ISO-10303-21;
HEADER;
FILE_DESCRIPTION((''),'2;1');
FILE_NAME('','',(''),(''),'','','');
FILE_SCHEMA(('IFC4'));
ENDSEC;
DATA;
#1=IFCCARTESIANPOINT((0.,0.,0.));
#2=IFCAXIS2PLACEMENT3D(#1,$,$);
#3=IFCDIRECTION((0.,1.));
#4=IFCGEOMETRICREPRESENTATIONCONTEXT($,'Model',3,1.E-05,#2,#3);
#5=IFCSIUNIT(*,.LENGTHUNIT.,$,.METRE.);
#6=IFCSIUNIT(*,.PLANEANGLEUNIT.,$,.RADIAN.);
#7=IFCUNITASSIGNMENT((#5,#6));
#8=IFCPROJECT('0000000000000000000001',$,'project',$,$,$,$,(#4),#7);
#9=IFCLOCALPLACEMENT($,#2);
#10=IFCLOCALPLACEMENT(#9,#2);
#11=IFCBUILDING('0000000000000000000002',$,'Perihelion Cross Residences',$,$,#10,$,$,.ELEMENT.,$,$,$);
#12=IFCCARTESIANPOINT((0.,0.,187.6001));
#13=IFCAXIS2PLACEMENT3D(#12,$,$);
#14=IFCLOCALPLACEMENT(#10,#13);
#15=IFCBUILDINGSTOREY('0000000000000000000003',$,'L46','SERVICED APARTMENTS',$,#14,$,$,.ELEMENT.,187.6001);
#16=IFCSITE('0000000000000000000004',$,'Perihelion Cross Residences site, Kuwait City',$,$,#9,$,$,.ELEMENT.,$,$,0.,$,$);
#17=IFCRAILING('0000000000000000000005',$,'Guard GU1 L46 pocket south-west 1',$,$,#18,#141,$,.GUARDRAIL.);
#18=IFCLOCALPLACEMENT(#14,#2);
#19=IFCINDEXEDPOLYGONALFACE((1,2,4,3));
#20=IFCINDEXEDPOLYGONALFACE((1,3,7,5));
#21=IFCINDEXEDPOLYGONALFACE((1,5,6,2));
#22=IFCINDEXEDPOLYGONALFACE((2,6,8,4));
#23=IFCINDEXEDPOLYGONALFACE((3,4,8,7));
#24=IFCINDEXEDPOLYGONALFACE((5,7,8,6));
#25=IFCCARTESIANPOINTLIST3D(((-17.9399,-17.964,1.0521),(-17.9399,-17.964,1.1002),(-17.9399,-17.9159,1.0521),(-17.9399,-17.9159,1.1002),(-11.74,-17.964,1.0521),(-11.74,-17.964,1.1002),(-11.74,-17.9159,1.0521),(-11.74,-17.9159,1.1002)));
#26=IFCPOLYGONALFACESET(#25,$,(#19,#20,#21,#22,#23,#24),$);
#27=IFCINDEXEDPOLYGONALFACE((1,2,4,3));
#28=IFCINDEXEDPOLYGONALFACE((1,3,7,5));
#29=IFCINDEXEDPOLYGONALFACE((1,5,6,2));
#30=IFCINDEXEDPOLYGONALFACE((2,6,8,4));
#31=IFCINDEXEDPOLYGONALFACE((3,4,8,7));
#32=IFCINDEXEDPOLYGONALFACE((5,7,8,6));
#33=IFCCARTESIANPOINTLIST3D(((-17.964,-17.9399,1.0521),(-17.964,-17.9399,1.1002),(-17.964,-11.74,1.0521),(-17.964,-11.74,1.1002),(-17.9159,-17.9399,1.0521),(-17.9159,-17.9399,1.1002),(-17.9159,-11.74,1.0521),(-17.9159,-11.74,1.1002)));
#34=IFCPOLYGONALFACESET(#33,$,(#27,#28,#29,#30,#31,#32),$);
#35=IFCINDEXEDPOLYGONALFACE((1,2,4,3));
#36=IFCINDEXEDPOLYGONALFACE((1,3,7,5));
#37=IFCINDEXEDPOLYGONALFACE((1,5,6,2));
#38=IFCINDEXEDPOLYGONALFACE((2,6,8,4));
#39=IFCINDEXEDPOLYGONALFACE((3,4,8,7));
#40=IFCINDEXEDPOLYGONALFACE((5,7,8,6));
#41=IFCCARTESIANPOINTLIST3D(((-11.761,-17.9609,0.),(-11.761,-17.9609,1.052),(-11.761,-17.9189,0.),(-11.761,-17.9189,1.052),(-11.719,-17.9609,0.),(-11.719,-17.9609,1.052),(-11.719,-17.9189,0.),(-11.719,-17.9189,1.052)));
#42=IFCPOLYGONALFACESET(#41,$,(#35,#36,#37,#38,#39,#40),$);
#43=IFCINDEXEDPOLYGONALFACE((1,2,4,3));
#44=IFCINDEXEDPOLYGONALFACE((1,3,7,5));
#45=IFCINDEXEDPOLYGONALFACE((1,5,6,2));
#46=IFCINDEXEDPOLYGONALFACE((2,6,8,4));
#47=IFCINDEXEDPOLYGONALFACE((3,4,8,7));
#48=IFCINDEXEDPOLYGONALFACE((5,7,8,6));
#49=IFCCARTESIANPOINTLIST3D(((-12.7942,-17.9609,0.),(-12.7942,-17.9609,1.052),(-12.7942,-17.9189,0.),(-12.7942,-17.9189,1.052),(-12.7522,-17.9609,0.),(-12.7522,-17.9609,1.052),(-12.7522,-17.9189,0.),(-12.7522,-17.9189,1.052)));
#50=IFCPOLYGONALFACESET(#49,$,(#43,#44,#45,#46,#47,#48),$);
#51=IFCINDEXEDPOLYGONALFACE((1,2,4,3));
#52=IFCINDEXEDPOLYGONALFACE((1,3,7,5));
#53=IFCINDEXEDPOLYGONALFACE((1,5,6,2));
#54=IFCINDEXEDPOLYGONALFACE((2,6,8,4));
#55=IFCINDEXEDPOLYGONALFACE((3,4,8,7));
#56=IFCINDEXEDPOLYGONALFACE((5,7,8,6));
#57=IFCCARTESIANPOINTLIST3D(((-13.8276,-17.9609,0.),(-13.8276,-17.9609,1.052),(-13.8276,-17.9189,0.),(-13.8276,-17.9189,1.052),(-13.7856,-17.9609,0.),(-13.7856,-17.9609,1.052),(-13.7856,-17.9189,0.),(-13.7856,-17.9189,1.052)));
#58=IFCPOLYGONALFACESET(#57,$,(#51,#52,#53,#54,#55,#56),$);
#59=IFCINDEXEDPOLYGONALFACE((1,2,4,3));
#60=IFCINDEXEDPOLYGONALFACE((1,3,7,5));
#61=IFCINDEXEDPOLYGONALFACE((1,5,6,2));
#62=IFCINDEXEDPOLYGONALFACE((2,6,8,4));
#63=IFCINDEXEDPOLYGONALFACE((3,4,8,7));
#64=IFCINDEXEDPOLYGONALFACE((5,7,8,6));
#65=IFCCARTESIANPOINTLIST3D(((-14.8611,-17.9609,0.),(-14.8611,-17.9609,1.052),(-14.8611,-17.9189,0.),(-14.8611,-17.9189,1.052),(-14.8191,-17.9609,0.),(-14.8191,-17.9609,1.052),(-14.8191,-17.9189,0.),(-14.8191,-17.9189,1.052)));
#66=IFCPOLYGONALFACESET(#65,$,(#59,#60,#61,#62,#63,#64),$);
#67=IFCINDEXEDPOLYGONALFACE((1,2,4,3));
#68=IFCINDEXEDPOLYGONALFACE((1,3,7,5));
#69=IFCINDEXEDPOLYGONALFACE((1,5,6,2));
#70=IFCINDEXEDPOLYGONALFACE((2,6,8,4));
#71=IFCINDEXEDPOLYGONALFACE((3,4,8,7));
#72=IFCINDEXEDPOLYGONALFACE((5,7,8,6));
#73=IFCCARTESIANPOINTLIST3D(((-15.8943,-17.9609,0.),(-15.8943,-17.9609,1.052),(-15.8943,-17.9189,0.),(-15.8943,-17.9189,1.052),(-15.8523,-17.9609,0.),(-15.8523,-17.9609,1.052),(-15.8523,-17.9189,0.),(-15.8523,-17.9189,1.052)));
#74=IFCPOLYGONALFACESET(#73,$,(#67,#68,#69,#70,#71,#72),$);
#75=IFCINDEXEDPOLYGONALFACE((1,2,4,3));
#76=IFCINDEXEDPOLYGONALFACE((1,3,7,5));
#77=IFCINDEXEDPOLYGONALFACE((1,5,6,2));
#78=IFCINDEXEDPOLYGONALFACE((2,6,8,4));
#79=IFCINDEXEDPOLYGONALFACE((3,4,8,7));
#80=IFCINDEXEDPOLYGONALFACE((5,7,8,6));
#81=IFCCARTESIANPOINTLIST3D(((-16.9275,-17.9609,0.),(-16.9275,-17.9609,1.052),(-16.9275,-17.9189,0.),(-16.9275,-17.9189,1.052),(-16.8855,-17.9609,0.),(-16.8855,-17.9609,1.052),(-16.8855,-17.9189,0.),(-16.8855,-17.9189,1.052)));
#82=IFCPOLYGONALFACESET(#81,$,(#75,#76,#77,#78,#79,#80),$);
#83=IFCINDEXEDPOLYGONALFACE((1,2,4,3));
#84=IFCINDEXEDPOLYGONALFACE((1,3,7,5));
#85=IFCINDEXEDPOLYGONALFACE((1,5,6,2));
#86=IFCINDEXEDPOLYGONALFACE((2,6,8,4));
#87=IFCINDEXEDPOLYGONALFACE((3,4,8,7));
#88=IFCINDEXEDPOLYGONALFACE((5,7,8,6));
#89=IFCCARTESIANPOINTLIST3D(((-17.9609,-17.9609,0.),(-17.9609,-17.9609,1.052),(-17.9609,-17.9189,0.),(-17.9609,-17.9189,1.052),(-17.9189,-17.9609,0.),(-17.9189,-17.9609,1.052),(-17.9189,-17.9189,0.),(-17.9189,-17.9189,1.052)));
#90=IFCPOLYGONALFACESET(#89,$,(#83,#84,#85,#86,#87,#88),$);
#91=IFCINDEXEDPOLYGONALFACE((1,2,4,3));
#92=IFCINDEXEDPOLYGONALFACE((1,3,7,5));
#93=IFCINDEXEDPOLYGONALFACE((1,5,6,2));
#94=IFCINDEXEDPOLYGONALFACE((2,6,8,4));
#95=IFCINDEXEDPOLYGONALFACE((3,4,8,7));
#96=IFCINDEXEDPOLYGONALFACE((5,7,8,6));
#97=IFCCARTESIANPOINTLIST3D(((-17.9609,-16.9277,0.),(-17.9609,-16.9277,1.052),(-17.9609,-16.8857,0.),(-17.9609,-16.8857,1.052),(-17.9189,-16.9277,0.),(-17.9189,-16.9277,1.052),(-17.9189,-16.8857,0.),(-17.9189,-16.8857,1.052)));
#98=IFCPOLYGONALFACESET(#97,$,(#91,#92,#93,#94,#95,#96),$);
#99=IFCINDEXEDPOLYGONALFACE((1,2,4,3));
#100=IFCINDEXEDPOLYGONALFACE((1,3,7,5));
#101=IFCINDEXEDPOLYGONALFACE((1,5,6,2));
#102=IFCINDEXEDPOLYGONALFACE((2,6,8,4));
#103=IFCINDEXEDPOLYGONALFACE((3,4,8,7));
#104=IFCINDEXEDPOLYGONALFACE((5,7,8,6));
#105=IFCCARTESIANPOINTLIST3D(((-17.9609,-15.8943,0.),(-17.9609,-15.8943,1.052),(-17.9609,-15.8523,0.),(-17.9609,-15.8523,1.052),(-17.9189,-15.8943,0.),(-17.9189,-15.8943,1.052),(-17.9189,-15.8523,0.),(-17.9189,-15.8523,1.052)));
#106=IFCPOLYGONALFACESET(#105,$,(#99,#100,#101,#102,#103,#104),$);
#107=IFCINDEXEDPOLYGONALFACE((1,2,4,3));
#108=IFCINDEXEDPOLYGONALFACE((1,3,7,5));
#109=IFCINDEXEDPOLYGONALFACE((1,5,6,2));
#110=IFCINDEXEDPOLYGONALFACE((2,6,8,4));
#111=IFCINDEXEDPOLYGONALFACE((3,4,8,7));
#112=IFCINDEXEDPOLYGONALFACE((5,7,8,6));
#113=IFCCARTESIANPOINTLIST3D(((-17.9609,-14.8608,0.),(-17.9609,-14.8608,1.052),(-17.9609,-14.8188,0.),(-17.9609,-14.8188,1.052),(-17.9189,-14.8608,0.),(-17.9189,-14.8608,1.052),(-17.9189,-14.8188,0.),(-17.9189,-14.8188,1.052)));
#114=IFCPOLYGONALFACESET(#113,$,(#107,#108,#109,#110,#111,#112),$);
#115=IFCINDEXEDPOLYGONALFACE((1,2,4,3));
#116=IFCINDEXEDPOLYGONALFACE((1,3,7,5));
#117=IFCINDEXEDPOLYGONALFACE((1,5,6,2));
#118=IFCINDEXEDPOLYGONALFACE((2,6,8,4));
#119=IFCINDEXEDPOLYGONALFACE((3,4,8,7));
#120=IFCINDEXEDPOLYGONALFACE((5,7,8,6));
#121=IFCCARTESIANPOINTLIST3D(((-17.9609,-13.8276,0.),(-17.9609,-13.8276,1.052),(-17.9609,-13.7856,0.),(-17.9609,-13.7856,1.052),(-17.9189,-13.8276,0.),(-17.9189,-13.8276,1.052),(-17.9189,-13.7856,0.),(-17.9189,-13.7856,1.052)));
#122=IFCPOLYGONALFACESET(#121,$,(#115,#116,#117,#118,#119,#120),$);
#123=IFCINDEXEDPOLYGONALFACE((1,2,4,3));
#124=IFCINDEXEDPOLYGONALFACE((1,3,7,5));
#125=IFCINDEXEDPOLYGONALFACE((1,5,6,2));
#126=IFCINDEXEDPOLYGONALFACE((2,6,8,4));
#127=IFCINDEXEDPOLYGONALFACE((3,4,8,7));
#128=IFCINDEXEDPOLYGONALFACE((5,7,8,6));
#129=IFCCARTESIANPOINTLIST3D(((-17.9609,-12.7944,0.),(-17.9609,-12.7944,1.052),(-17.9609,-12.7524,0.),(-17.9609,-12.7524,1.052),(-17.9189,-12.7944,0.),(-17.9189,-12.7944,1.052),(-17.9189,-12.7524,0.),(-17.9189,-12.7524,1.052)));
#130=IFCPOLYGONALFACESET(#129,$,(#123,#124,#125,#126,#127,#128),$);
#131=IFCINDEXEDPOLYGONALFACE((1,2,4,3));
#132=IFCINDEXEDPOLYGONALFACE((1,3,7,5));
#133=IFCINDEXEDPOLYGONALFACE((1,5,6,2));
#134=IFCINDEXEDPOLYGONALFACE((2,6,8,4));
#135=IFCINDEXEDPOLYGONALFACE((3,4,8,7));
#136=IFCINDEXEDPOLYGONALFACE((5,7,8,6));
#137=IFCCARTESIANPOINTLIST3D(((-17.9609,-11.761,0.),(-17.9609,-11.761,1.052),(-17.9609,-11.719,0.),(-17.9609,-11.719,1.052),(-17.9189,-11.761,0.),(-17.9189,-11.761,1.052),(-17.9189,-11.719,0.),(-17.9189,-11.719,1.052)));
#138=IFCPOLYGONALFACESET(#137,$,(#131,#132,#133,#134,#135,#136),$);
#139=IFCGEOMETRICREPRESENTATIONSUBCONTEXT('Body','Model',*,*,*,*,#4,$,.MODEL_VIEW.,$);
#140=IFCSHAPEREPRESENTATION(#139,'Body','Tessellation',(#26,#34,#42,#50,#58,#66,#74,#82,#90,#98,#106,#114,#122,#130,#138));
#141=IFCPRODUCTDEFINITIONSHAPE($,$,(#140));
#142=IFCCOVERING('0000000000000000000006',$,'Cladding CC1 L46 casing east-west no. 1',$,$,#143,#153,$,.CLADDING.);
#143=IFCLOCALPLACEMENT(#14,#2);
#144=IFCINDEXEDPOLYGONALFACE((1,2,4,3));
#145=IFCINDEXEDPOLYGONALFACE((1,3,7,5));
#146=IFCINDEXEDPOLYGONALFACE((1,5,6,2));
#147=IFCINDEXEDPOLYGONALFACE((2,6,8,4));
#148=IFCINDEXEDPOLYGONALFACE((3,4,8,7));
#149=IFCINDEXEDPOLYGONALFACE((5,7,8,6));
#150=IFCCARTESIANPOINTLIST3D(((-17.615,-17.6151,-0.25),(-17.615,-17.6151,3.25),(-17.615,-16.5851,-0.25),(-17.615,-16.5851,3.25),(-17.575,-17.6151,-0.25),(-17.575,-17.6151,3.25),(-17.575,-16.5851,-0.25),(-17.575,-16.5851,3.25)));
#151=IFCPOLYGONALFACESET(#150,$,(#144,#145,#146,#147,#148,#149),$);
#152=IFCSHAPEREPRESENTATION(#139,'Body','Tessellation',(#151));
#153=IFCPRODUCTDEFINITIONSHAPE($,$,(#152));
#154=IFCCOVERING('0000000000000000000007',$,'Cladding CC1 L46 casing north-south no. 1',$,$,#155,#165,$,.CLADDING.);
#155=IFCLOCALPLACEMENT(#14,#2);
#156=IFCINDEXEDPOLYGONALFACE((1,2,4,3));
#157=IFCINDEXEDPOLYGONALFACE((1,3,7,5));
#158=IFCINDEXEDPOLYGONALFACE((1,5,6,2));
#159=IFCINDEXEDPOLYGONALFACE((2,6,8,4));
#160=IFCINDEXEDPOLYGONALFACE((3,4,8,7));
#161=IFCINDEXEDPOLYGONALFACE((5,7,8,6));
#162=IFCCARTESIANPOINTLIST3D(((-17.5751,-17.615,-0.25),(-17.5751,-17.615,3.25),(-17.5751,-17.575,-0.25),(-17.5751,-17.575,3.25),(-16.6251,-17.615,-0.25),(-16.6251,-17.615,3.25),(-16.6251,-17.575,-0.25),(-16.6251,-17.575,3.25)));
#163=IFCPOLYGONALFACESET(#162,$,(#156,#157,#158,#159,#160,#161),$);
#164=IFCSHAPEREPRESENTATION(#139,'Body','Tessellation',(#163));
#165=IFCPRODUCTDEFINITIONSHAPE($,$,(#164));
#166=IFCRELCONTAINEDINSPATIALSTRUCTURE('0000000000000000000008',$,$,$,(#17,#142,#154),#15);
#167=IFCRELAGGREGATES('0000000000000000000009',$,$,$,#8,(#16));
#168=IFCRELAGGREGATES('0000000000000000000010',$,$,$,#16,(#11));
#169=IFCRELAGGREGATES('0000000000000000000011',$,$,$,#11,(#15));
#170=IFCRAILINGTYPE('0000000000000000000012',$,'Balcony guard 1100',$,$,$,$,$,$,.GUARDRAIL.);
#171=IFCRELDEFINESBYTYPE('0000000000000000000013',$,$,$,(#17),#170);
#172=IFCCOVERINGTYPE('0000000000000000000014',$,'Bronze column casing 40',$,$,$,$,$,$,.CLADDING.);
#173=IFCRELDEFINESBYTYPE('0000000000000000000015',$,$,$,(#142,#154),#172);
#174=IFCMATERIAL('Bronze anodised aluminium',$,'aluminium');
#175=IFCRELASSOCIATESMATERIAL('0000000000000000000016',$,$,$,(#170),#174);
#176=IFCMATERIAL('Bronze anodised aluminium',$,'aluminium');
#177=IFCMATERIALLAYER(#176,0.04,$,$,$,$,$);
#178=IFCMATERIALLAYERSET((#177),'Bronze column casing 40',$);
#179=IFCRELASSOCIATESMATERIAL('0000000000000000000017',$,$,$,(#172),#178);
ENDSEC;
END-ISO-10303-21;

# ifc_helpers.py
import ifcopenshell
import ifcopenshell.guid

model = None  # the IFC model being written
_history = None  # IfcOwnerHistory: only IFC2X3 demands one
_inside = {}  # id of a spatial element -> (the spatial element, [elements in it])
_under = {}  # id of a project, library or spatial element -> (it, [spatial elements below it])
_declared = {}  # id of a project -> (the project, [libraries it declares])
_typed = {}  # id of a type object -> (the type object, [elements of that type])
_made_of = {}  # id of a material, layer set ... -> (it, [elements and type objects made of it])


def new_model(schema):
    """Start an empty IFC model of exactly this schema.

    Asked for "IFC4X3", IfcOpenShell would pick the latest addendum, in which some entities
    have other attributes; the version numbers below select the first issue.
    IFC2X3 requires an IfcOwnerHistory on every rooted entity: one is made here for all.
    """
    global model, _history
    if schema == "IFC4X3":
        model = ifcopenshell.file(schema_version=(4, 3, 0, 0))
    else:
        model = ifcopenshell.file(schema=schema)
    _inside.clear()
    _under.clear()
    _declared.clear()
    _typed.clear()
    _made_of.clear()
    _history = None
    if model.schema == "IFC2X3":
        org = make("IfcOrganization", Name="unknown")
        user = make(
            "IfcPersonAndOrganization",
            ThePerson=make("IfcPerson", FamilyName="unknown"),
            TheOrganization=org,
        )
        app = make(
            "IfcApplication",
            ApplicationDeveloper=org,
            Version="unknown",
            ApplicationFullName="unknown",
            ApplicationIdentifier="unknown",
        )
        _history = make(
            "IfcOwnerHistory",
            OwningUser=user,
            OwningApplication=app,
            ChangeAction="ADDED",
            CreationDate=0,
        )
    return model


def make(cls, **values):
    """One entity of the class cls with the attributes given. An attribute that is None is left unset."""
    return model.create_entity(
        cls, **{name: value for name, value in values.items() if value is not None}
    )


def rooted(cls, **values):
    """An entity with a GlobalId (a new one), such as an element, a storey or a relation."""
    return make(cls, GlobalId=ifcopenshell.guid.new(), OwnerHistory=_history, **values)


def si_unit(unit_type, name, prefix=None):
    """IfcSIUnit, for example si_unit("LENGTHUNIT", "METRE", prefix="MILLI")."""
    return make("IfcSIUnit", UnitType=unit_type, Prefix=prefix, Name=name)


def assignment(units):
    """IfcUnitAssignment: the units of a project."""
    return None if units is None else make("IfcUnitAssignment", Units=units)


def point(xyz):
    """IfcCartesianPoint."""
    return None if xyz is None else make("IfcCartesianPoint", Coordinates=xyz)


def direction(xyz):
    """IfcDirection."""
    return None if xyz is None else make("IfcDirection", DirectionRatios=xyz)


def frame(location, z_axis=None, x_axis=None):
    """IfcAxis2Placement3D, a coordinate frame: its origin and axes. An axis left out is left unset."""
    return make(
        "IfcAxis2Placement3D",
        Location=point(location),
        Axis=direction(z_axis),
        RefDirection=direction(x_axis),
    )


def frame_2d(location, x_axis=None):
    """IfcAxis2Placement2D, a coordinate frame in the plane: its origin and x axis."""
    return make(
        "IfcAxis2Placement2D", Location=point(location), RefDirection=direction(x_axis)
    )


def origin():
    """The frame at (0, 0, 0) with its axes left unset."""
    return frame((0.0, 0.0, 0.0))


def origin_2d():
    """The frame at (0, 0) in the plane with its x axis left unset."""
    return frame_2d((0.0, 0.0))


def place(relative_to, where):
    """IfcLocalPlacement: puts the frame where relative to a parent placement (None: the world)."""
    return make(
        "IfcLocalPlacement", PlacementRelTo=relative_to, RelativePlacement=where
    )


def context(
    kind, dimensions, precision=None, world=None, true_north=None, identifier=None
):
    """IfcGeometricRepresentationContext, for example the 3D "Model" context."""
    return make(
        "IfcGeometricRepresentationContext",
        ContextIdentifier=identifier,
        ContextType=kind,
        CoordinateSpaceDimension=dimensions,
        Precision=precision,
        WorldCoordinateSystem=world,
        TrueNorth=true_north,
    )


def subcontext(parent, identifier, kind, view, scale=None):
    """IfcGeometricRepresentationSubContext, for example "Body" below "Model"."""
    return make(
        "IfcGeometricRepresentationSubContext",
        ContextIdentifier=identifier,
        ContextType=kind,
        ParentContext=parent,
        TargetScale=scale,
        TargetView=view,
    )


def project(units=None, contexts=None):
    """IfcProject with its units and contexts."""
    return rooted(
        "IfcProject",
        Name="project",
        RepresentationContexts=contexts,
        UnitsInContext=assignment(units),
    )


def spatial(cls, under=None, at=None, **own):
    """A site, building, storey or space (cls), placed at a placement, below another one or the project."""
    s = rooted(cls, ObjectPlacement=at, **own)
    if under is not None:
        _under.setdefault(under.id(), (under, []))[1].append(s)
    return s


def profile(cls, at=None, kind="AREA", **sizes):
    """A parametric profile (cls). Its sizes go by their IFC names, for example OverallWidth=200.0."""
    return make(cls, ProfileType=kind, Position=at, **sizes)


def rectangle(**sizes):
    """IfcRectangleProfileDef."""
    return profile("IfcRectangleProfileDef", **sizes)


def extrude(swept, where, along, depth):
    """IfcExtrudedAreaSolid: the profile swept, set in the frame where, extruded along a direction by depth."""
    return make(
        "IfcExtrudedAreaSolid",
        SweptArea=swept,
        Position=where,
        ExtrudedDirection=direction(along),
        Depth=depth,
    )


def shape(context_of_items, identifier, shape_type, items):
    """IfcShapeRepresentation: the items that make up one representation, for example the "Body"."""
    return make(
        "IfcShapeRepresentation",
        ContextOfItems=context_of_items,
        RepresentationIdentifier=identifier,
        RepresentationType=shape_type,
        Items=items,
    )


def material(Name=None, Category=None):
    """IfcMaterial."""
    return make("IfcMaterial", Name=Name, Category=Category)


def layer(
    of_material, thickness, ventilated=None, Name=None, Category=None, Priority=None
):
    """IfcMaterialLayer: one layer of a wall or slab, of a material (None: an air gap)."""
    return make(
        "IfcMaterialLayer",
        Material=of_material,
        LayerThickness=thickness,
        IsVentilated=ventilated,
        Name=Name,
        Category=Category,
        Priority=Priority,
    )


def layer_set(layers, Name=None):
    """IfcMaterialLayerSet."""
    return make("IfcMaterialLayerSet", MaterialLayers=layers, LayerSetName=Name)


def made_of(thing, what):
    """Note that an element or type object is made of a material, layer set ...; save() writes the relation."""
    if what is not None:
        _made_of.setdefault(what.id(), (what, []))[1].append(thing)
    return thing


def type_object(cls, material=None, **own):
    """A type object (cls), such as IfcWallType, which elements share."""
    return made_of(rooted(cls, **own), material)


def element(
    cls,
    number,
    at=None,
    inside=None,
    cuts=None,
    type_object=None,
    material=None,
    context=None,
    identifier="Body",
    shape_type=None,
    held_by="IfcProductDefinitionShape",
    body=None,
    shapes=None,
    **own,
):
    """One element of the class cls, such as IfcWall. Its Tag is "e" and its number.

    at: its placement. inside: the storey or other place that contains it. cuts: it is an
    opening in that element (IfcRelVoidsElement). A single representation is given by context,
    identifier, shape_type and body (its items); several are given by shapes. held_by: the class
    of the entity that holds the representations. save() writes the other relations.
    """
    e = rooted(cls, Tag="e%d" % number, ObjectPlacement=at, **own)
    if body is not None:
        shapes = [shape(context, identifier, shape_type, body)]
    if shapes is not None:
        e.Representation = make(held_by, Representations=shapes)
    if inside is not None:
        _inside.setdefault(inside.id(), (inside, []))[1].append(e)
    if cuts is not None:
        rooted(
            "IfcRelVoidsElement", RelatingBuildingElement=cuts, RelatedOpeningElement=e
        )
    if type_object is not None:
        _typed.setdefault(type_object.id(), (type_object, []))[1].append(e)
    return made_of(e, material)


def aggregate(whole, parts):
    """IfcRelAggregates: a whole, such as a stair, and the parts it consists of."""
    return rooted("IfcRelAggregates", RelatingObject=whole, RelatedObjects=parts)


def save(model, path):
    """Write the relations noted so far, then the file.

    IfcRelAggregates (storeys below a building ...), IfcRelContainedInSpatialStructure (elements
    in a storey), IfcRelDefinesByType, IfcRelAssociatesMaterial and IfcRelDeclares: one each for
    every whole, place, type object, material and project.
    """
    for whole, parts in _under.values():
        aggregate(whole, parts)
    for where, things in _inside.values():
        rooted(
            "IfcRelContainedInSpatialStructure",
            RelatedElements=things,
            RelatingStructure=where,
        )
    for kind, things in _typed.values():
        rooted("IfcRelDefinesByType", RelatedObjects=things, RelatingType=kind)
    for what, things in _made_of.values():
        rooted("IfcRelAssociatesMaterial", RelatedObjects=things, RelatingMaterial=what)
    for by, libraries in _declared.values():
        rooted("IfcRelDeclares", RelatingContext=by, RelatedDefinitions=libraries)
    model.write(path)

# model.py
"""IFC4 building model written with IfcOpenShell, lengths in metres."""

from ifc_helpers import new_model, si_unit, direction, frame, origin, origin_2d, place, context, subcontext, project, spatial, rectangle, extrude, material, layer, layer_set, type_object, element, save


model = new_model("IFC4")

# Units and contexts
model_context = context("Model", 3, precision=1e-05, world=origin(), true_north=direction((0.0, 1.0)))
body_context = subcontext(model_context, "Body", "Model", "MODEL_VIEW")
ifc_project = project(units=[si_unit("LENGTHUNIT", "METRE"), si_unit("PLANEANGLEUNIT", "RADIAN")], contexts=[model_context])

# Site, building, storey
site_placement = place(None, origin())
site = spatial("IfcSite", under=ifc_project, at=site_placement, Name="Perihelion Cross Residences site, Kuwait City", CompositionType="ELEMENT", RefElevation=0.0)
building_placement = place(site_placement, origin())
building = spatial("IfcBuilding", under=site, at=building_placement, Name="Perihelion Cross Residences", CompositionType="ELEMENT")
storey_placement = place(building_placement, frame((0.0, 0.0, 187.6001)))
storey = spatial("IfcBuildingStorey", under=building, at=storey_placement, Name="L46", Description="SERVICED APARTMENTS", CompositionType="ELEMENT", Elevation=187.6001)

# Railing
ifc_material_1 = material(Name="Bronze anodised aluminium", Category="aluminium")
railing_type = type_object("IfcRailingType", Name="Balcony guard 1100", PredefinedType="GUARDRAIL", material=ifc_material_1)
railing_placement = place(storey_placement, frame((-11.74, -17.9399, 0.0)))
element("IfcRailing", 1, at=railing_placement, inside=storey, type_object=railing_type, Name="Guard GU1 L46 pocket south-west 1", PredefinedType="GUARDRAIL", context=body_context, shape_type="SweptSolid", body=[
    extrude(rectangle(XDim=0.0481, YDim=0.0481, at=origin_2d()), frame((0.0, 0.0, 1.0762), z_axis=(-1.0, 0.0, 0.0), x_axis=(0.0, -1.0, 0.0)), (0.0, 0.0, 1.0), 6.2),
    extrude(rectangle(XDim=0.0481, YDim=0.0481, at=origin_2d()), frame((-6.2, 0.0, 1.0762), z_axis=(0.0, 1.0, 0.0), x_axis=(-1.0, 0.0, 0.0)), (0.0, 0.0, 1.0), 6.2),
    extrude(rectangle(XDim=0.042, YDim=0.042, at=origin_2d()), origin(), (0.0, 0.0, 1.0), 1.052),
    extrude(rectangle(XDim=0.042, YDim=0.042, at=origin_2d()), frame((-1.0332, 0.0, 0.0)), (0.0, 0.0, 1.0), 1.052),
    extrude(rectangle(XDim=0.042, YDim=0.042, at=origin_2d()), frame((-2.0667, 0.0, 0.0)), (0.0, 0.0, 1.0), 1.052),
    extrude(rectangle(XDim=0.042, YDim=0.042, at=origin_2d()), frame((-3.1001, 0.0, 0.0)), (0.0, 0.0, 1.0), 1.052),
    extrude(rectangle(XDim=0.042, YDim=0.042, at=origin_2d()), frame((-4.1333, 0.0, 0.0)), (0.0, 0.0, 1.0), 1.052),
    extrude(rectangle(XDim=0.042, YDim=0.042, at=origin_2d()), frame((-5.1665, 0.0, 0.0)), (0.0, 0.0, 1.0), 1.052),
    extrude(rectangle(XDim=0.042, YDim=0.042, at=origin_2d()), frame((-6.2, 0.0, 0.0)), (0.0, 0.0, 1.0), 1.052),
    extrude(rectangle(XDim=0.042, YDim=0.042, at=origin_2d()), frame((-6.2, 1.0332, 0.0)), (0.0, 0.0, 1.0), 1.052),
    extrude(rectangle(XDim=0.042, YDim=0.042, at=origin_2d()), frame((-6.2, 2.0667, 0.0)), (0.0, 0.0, 1.0), 1.052),
    extrude(rectangle(XDim=0.042, YDim=0.042, at=origin_2d()), frame((-6.2, 3.1001, 0.0)), (0.0, 0.0, 1.0), 1.052),
    extrude(rectangle(XDim=0.042, YDim=0.042, at=origin_2d()), frame((-6.2, 4.1333, 0.0)), (0.0, 0.0, 1.0), 1.052),
    extrude(rectangle(XDim=0.042, YDim=0.042, at=origin_2d()), frame((-6.2, 5.1665, 0.0)), (0.0, 0.0, 1.0), 1.052),
    extrude(rectangle(XDim=0.042, YDim=0.042, at=origin_2d()), frame((-6.2, 6.2, 0.0)), (0.0, 0.0, 1.0), 1.052),
])

# Coverings
ifc_material_2 = material(Name="Bronze anodised aluminium", Category="aluminium")
ifc_layer_1 = layer(ifc_material_2, 0.04)
ifc_layer_set_1 = layer_set([ifc_layer_1], Name="Bronze column casing 40")
covering_type = type_object("IfcCoveringType", Name="Bronze column casing 40", PredefinedType="CLADDING", material=ifc_layer_set_1)
covering_1_placement = place(storey_placement, frame((-17.595, -17.1001, -0.25), z_axis=(0.0, 0.0, 1.0), x_axis=(1.0, 0.0, 0.0)))
element("IfcCovering", 2, at=covering_1_placement, inside=storey, type_object=covering_type, Name="Cladding CC1 L46 casing east-west no. 1", PredefinedType="CLADDING", context=body_context, shape_type="SweptSolid", body=[
    extrude(rectangle(XDim=0.04, YDim=1.03, at=origin_2d()), origin(), (0.0, 0.0, 1.0), 3.5),
])
covering_2_placement = place(storey_placement, frame((-17.1001, -17.595, -0.25), z_axis=(0.0, 0.0, 1.0), x_axis=(1.0, 0.0, 0.0)))
element("IfcCovering", 3, at=covering_2_placement, inside=storey, type_object=covering_type, Name="Cladding CC1 L46 casing north-south no. 1", PredefinedType="CLADDING", context=body_context, shape_type="SweptSolid", body=[
    extrude(rectangle(XDim=0.95, YDim=0.04, at=origin_2d()), origin(), (0.0, 0.0, 1.0), 3.5),
])

save(model, "model.ifc")
